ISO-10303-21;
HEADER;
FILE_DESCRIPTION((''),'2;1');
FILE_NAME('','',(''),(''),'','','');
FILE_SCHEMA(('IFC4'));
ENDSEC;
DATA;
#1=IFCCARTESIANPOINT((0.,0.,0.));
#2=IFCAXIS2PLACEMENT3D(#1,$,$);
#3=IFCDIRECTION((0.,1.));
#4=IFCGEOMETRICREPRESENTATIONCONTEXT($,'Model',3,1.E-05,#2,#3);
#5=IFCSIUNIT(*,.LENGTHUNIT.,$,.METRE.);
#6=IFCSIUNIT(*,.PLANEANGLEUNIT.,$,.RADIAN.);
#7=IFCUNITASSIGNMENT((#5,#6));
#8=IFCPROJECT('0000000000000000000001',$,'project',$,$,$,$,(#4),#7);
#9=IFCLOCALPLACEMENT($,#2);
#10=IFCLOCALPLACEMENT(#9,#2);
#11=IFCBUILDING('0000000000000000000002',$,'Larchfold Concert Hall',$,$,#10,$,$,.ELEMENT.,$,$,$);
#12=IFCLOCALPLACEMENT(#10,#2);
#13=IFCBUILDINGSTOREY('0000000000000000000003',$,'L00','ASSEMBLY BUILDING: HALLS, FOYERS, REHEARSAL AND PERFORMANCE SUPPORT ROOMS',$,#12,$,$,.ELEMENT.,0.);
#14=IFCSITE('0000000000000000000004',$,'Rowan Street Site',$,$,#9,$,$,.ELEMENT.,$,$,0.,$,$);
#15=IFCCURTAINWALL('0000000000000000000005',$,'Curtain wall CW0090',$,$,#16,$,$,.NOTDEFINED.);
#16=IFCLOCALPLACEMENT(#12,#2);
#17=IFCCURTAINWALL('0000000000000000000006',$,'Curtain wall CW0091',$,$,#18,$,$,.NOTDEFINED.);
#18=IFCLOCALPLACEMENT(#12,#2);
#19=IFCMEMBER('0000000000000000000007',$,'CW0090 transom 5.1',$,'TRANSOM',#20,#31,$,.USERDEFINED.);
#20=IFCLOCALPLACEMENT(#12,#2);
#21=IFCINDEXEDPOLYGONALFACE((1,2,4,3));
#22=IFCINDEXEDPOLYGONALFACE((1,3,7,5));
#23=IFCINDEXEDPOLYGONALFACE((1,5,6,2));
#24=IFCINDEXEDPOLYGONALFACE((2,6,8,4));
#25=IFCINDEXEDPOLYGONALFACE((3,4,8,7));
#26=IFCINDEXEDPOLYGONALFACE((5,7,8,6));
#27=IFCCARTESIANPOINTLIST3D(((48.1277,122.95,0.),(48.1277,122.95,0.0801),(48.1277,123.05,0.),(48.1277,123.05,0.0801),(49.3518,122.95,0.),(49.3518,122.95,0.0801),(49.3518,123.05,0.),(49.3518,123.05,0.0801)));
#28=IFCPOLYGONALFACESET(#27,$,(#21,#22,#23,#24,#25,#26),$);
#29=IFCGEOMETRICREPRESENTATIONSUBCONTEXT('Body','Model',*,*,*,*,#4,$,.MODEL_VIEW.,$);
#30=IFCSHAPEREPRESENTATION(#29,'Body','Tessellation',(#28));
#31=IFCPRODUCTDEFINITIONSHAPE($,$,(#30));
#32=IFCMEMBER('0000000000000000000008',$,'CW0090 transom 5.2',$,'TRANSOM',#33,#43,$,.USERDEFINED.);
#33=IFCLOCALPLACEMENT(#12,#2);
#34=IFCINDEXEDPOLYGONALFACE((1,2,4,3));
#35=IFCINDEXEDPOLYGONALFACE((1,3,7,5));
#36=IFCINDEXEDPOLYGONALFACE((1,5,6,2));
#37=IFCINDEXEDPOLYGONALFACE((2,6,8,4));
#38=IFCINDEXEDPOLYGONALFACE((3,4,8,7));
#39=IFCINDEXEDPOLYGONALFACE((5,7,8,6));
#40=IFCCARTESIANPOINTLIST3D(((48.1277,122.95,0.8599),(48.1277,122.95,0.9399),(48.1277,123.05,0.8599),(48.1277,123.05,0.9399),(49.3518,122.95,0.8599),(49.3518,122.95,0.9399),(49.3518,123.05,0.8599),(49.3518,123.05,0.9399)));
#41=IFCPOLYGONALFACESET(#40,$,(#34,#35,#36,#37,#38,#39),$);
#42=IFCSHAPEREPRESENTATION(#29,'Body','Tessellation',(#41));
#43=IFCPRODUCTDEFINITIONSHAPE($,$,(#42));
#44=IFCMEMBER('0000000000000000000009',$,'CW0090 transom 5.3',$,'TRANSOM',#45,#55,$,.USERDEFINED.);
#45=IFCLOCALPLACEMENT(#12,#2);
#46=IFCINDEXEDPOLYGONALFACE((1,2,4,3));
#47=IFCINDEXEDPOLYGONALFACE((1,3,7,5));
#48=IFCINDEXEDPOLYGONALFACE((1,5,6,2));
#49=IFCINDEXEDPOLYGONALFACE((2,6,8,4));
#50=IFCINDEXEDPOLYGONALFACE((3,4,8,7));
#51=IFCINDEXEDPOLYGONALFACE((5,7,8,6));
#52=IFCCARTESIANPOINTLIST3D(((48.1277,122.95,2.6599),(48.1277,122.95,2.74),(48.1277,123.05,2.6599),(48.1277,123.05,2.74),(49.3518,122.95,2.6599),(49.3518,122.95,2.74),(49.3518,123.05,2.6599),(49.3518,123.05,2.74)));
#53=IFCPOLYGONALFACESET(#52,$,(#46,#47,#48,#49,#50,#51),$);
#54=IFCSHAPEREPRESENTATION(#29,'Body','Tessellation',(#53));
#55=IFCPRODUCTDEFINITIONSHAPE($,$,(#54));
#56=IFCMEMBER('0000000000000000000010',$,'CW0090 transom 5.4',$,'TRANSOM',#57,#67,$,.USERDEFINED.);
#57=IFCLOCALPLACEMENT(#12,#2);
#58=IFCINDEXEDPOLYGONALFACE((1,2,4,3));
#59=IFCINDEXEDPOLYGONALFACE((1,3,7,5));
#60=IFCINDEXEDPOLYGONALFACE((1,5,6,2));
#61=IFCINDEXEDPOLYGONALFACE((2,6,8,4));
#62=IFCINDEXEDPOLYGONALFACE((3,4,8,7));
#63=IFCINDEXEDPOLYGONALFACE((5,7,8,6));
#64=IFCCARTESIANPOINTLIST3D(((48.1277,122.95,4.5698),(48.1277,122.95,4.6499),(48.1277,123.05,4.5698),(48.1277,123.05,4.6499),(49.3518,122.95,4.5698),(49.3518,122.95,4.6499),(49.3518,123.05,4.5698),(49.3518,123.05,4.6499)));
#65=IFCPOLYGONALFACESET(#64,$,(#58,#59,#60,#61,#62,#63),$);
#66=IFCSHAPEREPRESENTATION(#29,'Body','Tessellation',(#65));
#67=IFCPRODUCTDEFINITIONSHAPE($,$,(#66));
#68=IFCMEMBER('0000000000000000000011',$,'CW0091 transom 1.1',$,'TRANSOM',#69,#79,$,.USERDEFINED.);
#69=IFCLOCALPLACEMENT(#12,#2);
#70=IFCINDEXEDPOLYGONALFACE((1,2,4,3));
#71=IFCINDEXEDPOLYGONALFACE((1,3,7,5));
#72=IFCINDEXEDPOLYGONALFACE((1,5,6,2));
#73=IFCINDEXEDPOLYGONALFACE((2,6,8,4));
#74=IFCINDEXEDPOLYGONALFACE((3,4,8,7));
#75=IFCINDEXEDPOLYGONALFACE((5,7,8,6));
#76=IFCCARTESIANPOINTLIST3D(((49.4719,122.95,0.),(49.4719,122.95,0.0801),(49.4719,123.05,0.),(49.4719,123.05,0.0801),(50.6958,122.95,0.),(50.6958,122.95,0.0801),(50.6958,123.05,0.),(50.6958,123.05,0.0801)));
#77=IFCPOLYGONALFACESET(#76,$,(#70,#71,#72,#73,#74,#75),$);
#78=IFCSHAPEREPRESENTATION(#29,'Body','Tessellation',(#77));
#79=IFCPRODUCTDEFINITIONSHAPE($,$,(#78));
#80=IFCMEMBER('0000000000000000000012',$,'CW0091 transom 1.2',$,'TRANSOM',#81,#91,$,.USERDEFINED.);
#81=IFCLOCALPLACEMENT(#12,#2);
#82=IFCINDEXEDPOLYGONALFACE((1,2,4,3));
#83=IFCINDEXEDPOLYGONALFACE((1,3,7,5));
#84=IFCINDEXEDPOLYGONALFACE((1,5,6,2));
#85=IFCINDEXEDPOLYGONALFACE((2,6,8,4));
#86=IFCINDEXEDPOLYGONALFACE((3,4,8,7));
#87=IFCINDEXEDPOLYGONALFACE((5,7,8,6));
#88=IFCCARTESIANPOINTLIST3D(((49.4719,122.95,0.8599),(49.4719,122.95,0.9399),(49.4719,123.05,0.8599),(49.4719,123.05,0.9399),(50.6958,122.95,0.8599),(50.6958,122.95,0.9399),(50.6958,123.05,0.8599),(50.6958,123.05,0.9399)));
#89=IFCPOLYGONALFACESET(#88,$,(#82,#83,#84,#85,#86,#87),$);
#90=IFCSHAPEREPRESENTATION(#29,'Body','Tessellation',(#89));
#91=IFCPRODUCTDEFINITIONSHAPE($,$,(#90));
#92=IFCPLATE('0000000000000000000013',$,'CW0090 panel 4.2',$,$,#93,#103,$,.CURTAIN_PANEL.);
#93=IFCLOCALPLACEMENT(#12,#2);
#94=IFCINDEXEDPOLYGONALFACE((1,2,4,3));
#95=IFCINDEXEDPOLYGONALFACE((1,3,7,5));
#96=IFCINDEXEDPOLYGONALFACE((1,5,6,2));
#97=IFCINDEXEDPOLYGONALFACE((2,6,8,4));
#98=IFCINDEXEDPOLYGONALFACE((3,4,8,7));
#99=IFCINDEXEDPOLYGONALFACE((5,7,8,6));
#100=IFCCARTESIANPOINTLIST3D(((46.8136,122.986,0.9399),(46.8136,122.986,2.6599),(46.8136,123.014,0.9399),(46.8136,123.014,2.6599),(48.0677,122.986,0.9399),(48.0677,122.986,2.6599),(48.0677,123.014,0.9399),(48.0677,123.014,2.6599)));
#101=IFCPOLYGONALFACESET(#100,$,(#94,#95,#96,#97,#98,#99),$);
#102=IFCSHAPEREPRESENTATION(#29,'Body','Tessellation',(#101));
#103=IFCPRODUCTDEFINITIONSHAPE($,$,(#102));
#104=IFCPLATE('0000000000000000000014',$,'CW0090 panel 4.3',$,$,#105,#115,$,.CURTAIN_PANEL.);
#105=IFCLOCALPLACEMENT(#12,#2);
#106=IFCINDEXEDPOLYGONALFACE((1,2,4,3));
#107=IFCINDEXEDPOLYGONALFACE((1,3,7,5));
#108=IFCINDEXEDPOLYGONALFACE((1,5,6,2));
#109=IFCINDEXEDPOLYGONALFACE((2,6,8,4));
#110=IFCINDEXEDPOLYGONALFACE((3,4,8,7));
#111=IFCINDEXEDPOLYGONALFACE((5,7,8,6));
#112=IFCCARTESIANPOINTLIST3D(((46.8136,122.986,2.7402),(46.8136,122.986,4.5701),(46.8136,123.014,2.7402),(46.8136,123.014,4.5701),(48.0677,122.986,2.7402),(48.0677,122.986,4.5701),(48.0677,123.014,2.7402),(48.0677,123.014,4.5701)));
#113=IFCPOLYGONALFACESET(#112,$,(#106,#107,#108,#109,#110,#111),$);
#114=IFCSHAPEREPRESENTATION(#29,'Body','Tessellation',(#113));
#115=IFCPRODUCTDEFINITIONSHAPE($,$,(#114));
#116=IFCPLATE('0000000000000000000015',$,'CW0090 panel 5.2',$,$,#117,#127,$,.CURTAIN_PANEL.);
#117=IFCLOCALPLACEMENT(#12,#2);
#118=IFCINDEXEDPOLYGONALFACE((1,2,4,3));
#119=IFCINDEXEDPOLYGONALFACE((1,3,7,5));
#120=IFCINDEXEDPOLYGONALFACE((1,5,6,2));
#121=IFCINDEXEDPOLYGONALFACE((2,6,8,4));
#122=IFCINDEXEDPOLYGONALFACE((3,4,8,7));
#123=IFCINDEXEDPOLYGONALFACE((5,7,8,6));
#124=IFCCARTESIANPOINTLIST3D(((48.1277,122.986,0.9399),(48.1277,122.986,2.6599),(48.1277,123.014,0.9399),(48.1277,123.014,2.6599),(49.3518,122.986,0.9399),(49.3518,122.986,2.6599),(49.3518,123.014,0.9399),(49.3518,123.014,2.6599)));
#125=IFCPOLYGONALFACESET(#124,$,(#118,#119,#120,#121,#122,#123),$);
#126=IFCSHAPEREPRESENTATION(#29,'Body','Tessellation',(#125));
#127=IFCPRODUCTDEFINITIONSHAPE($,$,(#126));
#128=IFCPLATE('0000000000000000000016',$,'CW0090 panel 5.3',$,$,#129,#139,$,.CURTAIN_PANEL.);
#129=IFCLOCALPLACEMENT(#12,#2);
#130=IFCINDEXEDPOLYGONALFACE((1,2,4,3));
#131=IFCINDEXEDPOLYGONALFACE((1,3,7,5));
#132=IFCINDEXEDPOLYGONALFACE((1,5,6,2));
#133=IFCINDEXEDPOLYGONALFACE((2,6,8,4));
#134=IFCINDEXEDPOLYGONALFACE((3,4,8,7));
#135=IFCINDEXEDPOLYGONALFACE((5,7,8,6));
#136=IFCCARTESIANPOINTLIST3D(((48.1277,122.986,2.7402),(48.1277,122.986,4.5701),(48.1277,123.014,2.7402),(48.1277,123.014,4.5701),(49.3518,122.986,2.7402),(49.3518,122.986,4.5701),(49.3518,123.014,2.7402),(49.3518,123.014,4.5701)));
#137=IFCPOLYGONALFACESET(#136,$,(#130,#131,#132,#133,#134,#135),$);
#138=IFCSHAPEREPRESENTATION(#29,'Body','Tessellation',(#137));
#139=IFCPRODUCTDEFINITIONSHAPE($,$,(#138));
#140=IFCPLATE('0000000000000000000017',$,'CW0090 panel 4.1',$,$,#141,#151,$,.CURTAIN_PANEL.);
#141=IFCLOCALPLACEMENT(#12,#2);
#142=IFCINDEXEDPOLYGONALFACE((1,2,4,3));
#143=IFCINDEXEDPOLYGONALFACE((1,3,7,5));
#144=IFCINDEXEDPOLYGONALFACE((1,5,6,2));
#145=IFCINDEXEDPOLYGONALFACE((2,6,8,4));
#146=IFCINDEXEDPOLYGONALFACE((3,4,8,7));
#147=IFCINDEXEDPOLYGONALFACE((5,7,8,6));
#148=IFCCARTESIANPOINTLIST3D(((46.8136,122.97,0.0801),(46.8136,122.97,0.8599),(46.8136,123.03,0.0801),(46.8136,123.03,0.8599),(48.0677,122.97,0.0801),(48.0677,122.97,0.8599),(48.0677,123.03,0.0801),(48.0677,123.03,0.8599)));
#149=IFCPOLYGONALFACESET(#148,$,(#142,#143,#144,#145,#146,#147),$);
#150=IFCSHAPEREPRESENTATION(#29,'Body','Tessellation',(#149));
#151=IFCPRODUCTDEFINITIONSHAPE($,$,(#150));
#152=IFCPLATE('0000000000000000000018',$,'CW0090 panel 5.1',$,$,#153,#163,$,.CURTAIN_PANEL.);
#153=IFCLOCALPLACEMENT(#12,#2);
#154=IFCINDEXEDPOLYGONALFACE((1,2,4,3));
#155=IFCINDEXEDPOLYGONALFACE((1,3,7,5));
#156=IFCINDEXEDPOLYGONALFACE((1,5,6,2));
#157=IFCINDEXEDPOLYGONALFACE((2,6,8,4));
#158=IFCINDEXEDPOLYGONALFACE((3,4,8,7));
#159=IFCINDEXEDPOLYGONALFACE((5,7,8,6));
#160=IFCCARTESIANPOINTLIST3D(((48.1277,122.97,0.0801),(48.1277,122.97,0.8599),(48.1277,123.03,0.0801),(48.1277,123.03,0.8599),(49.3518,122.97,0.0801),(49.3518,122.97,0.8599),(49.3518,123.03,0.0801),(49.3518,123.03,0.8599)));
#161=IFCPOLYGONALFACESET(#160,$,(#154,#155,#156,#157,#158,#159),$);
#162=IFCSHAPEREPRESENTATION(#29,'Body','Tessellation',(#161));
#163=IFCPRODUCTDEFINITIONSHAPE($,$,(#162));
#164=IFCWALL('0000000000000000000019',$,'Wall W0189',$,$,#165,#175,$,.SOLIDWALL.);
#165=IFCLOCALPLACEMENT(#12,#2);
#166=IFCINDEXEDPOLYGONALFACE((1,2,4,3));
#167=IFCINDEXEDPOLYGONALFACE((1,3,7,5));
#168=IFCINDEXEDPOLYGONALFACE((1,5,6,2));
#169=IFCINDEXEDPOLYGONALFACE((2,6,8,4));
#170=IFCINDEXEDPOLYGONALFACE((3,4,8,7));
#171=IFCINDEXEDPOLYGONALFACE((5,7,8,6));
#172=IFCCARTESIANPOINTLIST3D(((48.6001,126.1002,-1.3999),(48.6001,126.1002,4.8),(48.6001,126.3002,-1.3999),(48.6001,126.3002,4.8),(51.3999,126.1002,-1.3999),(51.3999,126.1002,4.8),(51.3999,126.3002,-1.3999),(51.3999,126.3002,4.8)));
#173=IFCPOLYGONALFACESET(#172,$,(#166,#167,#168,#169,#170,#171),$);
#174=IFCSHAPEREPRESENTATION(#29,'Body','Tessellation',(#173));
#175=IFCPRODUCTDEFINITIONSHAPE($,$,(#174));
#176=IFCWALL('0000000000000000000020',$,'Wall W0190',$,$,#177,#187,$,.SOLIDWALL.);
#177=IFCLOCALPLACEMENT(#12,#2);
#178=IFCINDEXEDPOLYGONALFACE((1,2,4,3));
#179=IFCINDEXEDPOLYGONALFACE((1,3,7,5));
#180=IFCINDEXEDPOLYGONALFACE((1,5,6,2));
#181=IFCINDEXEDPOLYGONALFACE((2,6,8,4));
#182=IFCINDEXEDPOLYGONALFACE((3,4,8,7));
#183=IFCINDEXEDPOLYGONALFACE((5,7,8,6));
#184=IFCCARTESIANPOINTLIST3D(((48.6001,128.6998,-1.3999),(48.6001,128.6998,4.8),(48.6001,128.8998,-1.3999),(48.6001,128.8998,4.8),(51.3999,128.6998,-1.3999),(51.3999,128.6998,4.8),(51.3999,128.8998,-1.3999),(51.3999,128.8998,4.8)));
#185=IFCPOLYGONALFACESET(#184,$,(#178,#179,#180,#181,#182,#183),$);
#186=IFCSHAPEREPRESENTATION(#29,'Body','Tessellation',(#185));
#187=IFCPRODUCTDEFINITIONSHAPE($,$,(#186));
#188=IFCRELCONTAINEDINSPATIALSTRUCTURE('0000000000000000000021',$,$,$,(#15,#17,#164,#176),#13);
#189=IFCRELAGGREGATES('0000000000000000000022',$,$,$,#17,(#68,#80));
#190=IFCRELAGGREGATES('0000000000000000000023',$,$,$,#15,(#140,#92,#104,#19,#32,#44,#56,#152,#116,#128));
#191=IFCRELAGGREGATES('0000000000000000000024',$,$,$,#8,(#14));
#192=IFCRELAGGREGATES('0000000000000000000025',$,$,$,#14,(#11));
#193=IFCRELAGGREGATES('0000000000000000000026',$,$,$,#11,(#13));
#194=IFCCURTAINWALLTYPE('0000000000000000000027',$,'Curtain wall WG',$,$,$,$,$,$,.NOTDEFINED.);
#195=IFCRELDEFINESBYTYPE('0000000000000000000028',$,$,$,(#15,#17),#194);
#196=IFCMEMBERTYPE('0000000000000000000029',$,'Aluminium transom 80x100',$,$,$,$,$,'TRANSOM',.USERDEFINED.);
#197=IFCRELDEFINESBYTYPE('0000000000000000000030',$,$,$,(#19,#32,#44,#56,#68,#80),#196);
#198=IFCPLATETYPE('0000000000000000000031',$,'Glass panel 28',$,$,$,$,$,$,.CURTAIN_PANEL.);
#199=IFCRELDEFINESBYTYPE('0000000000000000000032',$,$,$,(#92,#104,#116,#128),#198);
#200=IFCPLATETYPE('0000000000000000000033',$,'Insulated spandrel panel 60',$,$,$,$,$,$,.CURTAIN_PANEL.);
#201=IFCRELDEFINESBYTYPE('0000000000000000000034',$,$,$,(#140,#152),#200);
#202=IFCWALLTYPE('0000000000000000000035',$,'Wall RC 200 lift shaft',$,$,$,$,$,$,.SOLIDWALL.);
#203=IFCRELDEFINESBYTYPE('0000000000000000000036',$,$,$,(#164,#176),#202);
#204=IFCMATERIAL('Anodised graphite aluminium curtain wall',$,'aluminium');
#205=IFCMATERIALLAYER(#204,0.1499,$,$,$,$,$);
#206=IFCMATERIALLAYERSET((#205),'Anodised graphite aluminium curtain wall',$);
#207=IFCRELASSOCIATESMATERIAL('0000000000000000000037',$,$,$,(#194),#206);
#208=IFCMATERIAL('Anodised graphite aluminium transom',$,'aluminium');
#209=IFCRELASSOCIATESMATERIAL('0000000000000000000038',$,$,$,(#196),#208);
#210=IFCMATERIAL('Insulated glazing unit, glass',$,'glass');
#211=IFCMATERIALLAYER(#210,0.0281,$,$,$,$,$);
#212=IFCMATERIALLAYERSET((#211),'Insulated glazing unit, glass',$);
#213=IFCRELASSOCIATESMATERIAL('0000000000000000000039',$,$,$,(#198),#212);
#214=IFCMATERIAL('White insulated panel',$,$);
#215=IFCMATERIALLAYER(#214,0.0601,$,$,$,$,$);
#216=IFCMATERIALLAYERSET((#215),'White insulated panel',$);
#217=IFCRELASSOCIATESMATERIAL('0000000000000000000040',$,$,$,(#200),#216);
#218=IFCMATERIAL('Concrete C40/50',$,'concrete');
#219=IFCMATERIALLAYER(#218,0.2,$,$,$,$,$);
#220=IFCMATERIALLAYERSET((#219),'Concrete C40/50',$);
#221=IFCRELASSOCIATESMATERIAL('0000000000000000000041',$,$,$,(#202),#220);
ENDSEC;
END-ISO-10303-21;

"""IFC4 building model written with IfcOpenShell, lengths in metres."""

from ifc_helpers import new_model, si_unit, direction, frame, frame_2d, origin, origin_2d, place, context, subcontext, project, spatial, rectangle, extrude, material, layer, layer_set, material_profile, profile_set, type_object, element, aggregate, save


model = new_model("IFC4")

# Units and contexts
model_context = context("Model", 3, precision=1e-05, world=origin(), true_north=direction((0.0, 1.0)))
body_context = subcontext(model_context, "Body", "Model", "MODEL_VIEW")
ifc_project = project(units=[si_unit("LENGTHUNIT", "METRE"), si_unit("PLANEANGLEUNIT", "RADIAN")], contexts=[model_context])

# Site, building, storey
site_placement = place(None, origin())
site = spatial("IfcSite", under=ifc_project, at=site_placement, Name="Rowan Street Site", CompositionType="ELEMENT", RefElevation=0.0)
building_placement = place(site_placement, origin())
building = spatial("IfcBuilding", under=site, at=building_placement, Name="Larchfold Concert Hall", CompositionType="ELEMENT")
storey_placement = place(building_placement, origin())
storey = spatial("IfcBuildingStorey", under=building, at=storey_placement, Name="L00", Description="ASSEMBLY BUILDING: HALLS, FOYERS, REHEARSAL AND PERFORMANCE SUPPORT ROOMS", CompositionType="ELEMENT", Elevation=0.0)

# Curtain wall
ifc_material_1 = material(Name="Anodised graphite aluminium curtain wall", Category="aluminium")
ifc_layer_1 = layer(ifc_material_1, 0.1499)
ifc_layer_set_1 = layer_set([ifc_layer_1], Name="Anodised graphite aluminium curtain wall")
curtain_wall_type = type_object("IfcCurtainWallType", Name="Curtain wall WG", PredefinedType="NOTDEFINED", material=ifc_layer_set_1)
curtain_wall_1_placement = place(storey_placement, origin())
curtain_wall_1 = element("IfcCurtainWall", 1, at=curtain_wall_1_placement, inside=storey, type_object=curtain_wall_type, Name="Curtain wall CW0090", PredefinedType="NOTDEFINED")

# Curtain wall
curtain_wall_2_placement = place(storey_placement, origin())
curtain_wall_2 = element("IfcCurtainWall", 2, at=curtain_wall_2_placement, inside=storey, type_object=curtain_wall_type, Name="Curtain wall CW0091", PredefinedType="NOTDEFINED")

# Members
ifc_material_2 = material(Name="Anodised graphite aluminium transom", Category="aluminium")
ifc_material_profile_1 = material_profile(ifc_material_2, rectangle(XDim=0.1001, YDim=0.0801, at=origin_2d()))
ifc_profile_set_1 = profile_set([ifc_material_profile_1], Name="Anodised graphite aluminium transom")
member_type_1 = type_object("IfcMemberType", Name="Aluminium transom 80x100", ElementType="TRANSOM", PredefinedType="USERDEFINED", material=ifc_profile_set_1)
member_1_placement = place(storey_placement, frame((48.1277, 123.0, 0.04), z_axis=(1.0, 0.0, 0.0), x_axis=(0.0, 1.0, 0.0)))
member_1 = element("IfcMember", 3, at=member_1_placement, type_object=member_type_1, Name="CW0090 transom 5.1", ObjectType="TRANSOM", PredefinedType="USERDEFINED", context=body_context, shape_type="SweptSolid", body=[
    extrude(rectangle(XDim=0.1001, YDim=0.0801, at=origin_2d()), origin(), (0.0, 0.0, 1.0), 1.2241),
])
member_2_placement = place(storey_placement, frame((48.1277, 123.0, 0.8999), z_axis=(1.0, 0.0, 0.0), x_axis=(0.0, 1.0, 0.0)))
member_2 = element("IfcMember", 4, at=member_2_placement, type_object=member_type_1, Name="CW0090 transom 5.2", ObjectType="TRANSOM", PredefinedType="USERDEFINED", context=body_context, shape_type="SweptSolid", body=[
    extrude(rectangle(XDim=0.1001, YDim=0.0801, at=origin_2d()), origin(), (0.0, 0.0, 1.0), 1.2241),
])
member_3_placement = place(storey_placement, frame((48.1277, 123.0, 2.7), z_axis=(1.0, 0.0, 0.0), x_axis=(0.0, 1.0, 0.0)))
member_3 = element("IfcMember", 5, at=member_3_placement, type_object=member_type_1, Name="CW0090 transom 5.3", ObjectType="TRANSOM", PredefinedType="USERDEFINED", context=body_context, shape_type="SweptSolid", body=[
    extrude(rectangle(XDim=0.1001, YDim=0.0801, at=origin_2d()), origin(), (0.0, 0.0, 1.0), 1.2241),
])
member_4_placement = place(storey_placement, frame((48.1277, 123.0, 4.6099), z_axis=(1.0, 0.0, 0.0), x_axis=(0.0, 1.0, 0.0)))
member_4 = element("IfcMember", 6, at=member_4_placement, type_object=member_type_1, Name="CW0090 transom 5.4", ObjectType="TRANSOM", PredefinedType="USERDEFINED", context=body_context, shape_type="SweptSolid", body=[
    extrude(rectangle(XDim=0.1001, YDim=0.0801, at=origin_2d()), origin(), (0.0, 0.0, 1.0), 1.2241),
])
member_5_placement = place(storey_placement, frame((49.4719, 123.0, 0.04), z_axis=(1.0, 0.0, 0.0), x_axis=(0.0, 1.0, 0.0)))
member_5 = element("IfcMember", 7, at=member_5_placement, type_object=member_type_1, Name="CW0091 transom 1.1", ObjectType="TRANSOM", PredefinedType="USERDEFINED", context=body_context, shape_type="SweptSolid", body=[
    extrude(rectangle(XDim=0.1001, YDim=0.0801, at=origin_2d()), origin(), (0.0, 0.0, 1.0), 1.2239),
])
member_6_placement = place(storey_placement, frame((49.4719, 123.0, 0.8999), z_axis=(1.0, 0.0, 0.0), x_axis=(0.0, 1.0, 0.0)))
member_6 = element("IfcMember", 8, at=member_6_placement, type_object=member_type_1, Name="CW0091 transom 1.2", ObjectType="TRANSOM", PredefinedType="USERDEFINED", context=body_context, shape_type="SweptSolid", body=[
    extrude(rectangle(XDim=0.1001, YDim=0.0801, at=origin_2d()), origin(), (0.0, 0.0, 1.0), 1.2239),
])
aggregate(curtain_wall_2, [member_5, member_6])

# Plates
ifc_material_3 = material(Name="Insulated glazing unit, glass", Category="glass")
ifc_layer_2 = layer(ifc_material_3, 0.0281)
ifc_layer_set_2 = layer_set([ifc_layer_2], Name="Insulated glazing unit, glass")
plate_type_1 = type_object("IfcPlateType", Name="Glass panel 28", PredefinedType="CURTAIN_PANEL", material=ifc_layer_set_2)
plate_1_placement = place(storey_placement, frame((47.4407, 123.0, 0.9399), z_axis=(0.0, 0.0, 1.0), x_axis=(1.0, 0.0, 0.0)))
plate_1 = element("IfcPlate", 9, at=plate_1_placement, type_object=plate_type_1, Name="CW0090 panel 4.2", PredefinedType="CURTAIN_PANEL", context=body_context, shape_type="SweptSolid", body=[
    extrude(rectangle(XDim=1.2542, YDim=0.0281, at=origin_2d()), origin(), (0.0, 0.0, 1.0), 1.72),
])
plate_2_placement = place(storey_placement, frame((47.4407, 123.0, 2.7402), z_axis=(0.0, 0.0, 1.0), x_axis=(1.0, 0.0, 0.0)))
plate_2 = element("IfcPlate", 10, at=plate_2_placement, type_object=plate_type_1, Name="CW0090 panel 4.3", PredefinedType="CURTAIN_PANEL", context=body_context, shape_type="SweptSolid", body=[
    extrude(rectangle(XDim=1.2542, YDim=0.0281, at=origin_2d()), origin(), (0.0, 0.0, 1.0), 1.8298),
])
plate_3_placement = place(storey_placement, frame((48.7397, 123.0, 0.9399), z_axis=(0.0, 0.0, 1.0), x_axis=(1.0, 0.0, 0.0)))
plate_3 = element("IfcPlate", 11, at=plate_3_placement, type_object=plate_type_1, Name="CW0090 panel 5.2", PredefinedType="CURTAIN_PANEL", context=body_context, shape_type="SweptSolid", body=[
    extrude(rectangle(XDim=1.2241, YDim=0.0281, at=origin_2d()), origin(), (0.0, 0.0, 1.0), 1.72),
])
plate_4_placement = place(storey_placement, frame((48.7397, 123.0, 2.7402), z_axis=(0.0, 0.0, 1.0), x_axis=(1.0, 0.0, 0.0)))
plate_4 = element("IfcPlate", 12, at=plate_4_placement, type_object=plate_type_1, Name="CW0090 panel 5.3", PredefinedType="CURTAIN_PANEL", context=body_context, shape_type="SweptSolid", body=[
    extrude(rectangle(XDim=1.2241, YDim=0.0281, at=origin_2d()), origin(), (0.0, 0.0, 1.0), 1.8298),
])
ifc_material_4 = material(Name="White insulated panel")
ifc_layer_3 = layer(ifc_material_4, 0.0601)
ifc_layer_set_3 = layer_set([ifc_layer_3], Name="White insulated panel")
plate_type_2 = type_object("IfcPlateType", Name="Insulated spandrel panel 60", PredefinedType="CURTAIN_PANEL", material=ifc_layer_set_3)
plate_5_placement = place(storey_placement, frame((47.4407, 123.0, 0.0801), z_axis=(0.0, 0.0, 1.0), x_axis=(1.0, 0.0, 0.0)))
plate_5 = element("IfcPlate", 13, at=plate_5_placement, type_object=plate_type_2, Name="CW0090 panel 4.1", PredefinedType="CURTAIN_PANEL", context=body_context, shape_type="SweptSolid", body=[
    extrude(rectangle(XDim=1.2542, YDim=0.0601, at=origin_2d()), origin(), (0.0, 0.0, 1.0), 0.7798),
])
plate_6_placement = place(storey_placement, frame((48.7397, 123.0, 0.0801), z_axis=(0.0, 0.0, 1.0), x_axis=(1.0, 0.0, 0.0)))
plate_6 = element("IfcPlate", 14, at=plate_6_placement, type_object=plate_type_2, Name="CW0090 panel 5.1", PredefinedType="CURTAIN_PANEL", context=body_context, shape_type="SweptSolid", body=[
    extrude(rectangle(XDim=1.2241, YDim=0.0601, at=origin_2d()), origin(), (0.0, 0.0, 1.0), 0.7798),
])
aggregate(curtain_wall_1, [plate_5, plate_1, plate_2, member_1, member_2, member_3, member_4, plate_6, plate_3, plate_4])

# Walls
ifc_material_5 = material(Name="Concrete C40/50", Category="concrete")
ifc_layer_4 = layer(ifc_material_5, 0.2)
ifc_layer_set_4 = layer_set([ifc_layer_4], Name="Concrete C40/50")
wall_type = type_object("IfcWallType", Name="Wall RC 200 lift shaft", PredefinedType="SOLIDWALL", material=ifc_layer_set_4)
for number, where, z_axis, x_axis, name in (
    (15, (48.6001, 126.2002, -1.3999), (0.0, 0.0, 1.0), (1.0, 0.0, 0.0), "Wall W0189"),
    (16, (48.6001, 128.7998, -1.3999), (0.0, 0.0, 1.0), (1.0, 0.0, 0.0), "Wall W0190"),
):
    element("IfcWall", number, at=place(storey_placement, frame(where, z_axis=z_axis, x_axis=x_axis)), inside=storey, type_object=wall_type, Name=name, PredefinedType="SOLIDWALL", context=body_context, shape_type="SweptSolid", body=[
        extrude(rectangle(XDim=2.7998, YDim=0.2, at=frame_2d((1.3999, 0.0))), origin(), (0.0, 0.0, 1.0), 6.2),
    ])

save(model, "model.ifc")
